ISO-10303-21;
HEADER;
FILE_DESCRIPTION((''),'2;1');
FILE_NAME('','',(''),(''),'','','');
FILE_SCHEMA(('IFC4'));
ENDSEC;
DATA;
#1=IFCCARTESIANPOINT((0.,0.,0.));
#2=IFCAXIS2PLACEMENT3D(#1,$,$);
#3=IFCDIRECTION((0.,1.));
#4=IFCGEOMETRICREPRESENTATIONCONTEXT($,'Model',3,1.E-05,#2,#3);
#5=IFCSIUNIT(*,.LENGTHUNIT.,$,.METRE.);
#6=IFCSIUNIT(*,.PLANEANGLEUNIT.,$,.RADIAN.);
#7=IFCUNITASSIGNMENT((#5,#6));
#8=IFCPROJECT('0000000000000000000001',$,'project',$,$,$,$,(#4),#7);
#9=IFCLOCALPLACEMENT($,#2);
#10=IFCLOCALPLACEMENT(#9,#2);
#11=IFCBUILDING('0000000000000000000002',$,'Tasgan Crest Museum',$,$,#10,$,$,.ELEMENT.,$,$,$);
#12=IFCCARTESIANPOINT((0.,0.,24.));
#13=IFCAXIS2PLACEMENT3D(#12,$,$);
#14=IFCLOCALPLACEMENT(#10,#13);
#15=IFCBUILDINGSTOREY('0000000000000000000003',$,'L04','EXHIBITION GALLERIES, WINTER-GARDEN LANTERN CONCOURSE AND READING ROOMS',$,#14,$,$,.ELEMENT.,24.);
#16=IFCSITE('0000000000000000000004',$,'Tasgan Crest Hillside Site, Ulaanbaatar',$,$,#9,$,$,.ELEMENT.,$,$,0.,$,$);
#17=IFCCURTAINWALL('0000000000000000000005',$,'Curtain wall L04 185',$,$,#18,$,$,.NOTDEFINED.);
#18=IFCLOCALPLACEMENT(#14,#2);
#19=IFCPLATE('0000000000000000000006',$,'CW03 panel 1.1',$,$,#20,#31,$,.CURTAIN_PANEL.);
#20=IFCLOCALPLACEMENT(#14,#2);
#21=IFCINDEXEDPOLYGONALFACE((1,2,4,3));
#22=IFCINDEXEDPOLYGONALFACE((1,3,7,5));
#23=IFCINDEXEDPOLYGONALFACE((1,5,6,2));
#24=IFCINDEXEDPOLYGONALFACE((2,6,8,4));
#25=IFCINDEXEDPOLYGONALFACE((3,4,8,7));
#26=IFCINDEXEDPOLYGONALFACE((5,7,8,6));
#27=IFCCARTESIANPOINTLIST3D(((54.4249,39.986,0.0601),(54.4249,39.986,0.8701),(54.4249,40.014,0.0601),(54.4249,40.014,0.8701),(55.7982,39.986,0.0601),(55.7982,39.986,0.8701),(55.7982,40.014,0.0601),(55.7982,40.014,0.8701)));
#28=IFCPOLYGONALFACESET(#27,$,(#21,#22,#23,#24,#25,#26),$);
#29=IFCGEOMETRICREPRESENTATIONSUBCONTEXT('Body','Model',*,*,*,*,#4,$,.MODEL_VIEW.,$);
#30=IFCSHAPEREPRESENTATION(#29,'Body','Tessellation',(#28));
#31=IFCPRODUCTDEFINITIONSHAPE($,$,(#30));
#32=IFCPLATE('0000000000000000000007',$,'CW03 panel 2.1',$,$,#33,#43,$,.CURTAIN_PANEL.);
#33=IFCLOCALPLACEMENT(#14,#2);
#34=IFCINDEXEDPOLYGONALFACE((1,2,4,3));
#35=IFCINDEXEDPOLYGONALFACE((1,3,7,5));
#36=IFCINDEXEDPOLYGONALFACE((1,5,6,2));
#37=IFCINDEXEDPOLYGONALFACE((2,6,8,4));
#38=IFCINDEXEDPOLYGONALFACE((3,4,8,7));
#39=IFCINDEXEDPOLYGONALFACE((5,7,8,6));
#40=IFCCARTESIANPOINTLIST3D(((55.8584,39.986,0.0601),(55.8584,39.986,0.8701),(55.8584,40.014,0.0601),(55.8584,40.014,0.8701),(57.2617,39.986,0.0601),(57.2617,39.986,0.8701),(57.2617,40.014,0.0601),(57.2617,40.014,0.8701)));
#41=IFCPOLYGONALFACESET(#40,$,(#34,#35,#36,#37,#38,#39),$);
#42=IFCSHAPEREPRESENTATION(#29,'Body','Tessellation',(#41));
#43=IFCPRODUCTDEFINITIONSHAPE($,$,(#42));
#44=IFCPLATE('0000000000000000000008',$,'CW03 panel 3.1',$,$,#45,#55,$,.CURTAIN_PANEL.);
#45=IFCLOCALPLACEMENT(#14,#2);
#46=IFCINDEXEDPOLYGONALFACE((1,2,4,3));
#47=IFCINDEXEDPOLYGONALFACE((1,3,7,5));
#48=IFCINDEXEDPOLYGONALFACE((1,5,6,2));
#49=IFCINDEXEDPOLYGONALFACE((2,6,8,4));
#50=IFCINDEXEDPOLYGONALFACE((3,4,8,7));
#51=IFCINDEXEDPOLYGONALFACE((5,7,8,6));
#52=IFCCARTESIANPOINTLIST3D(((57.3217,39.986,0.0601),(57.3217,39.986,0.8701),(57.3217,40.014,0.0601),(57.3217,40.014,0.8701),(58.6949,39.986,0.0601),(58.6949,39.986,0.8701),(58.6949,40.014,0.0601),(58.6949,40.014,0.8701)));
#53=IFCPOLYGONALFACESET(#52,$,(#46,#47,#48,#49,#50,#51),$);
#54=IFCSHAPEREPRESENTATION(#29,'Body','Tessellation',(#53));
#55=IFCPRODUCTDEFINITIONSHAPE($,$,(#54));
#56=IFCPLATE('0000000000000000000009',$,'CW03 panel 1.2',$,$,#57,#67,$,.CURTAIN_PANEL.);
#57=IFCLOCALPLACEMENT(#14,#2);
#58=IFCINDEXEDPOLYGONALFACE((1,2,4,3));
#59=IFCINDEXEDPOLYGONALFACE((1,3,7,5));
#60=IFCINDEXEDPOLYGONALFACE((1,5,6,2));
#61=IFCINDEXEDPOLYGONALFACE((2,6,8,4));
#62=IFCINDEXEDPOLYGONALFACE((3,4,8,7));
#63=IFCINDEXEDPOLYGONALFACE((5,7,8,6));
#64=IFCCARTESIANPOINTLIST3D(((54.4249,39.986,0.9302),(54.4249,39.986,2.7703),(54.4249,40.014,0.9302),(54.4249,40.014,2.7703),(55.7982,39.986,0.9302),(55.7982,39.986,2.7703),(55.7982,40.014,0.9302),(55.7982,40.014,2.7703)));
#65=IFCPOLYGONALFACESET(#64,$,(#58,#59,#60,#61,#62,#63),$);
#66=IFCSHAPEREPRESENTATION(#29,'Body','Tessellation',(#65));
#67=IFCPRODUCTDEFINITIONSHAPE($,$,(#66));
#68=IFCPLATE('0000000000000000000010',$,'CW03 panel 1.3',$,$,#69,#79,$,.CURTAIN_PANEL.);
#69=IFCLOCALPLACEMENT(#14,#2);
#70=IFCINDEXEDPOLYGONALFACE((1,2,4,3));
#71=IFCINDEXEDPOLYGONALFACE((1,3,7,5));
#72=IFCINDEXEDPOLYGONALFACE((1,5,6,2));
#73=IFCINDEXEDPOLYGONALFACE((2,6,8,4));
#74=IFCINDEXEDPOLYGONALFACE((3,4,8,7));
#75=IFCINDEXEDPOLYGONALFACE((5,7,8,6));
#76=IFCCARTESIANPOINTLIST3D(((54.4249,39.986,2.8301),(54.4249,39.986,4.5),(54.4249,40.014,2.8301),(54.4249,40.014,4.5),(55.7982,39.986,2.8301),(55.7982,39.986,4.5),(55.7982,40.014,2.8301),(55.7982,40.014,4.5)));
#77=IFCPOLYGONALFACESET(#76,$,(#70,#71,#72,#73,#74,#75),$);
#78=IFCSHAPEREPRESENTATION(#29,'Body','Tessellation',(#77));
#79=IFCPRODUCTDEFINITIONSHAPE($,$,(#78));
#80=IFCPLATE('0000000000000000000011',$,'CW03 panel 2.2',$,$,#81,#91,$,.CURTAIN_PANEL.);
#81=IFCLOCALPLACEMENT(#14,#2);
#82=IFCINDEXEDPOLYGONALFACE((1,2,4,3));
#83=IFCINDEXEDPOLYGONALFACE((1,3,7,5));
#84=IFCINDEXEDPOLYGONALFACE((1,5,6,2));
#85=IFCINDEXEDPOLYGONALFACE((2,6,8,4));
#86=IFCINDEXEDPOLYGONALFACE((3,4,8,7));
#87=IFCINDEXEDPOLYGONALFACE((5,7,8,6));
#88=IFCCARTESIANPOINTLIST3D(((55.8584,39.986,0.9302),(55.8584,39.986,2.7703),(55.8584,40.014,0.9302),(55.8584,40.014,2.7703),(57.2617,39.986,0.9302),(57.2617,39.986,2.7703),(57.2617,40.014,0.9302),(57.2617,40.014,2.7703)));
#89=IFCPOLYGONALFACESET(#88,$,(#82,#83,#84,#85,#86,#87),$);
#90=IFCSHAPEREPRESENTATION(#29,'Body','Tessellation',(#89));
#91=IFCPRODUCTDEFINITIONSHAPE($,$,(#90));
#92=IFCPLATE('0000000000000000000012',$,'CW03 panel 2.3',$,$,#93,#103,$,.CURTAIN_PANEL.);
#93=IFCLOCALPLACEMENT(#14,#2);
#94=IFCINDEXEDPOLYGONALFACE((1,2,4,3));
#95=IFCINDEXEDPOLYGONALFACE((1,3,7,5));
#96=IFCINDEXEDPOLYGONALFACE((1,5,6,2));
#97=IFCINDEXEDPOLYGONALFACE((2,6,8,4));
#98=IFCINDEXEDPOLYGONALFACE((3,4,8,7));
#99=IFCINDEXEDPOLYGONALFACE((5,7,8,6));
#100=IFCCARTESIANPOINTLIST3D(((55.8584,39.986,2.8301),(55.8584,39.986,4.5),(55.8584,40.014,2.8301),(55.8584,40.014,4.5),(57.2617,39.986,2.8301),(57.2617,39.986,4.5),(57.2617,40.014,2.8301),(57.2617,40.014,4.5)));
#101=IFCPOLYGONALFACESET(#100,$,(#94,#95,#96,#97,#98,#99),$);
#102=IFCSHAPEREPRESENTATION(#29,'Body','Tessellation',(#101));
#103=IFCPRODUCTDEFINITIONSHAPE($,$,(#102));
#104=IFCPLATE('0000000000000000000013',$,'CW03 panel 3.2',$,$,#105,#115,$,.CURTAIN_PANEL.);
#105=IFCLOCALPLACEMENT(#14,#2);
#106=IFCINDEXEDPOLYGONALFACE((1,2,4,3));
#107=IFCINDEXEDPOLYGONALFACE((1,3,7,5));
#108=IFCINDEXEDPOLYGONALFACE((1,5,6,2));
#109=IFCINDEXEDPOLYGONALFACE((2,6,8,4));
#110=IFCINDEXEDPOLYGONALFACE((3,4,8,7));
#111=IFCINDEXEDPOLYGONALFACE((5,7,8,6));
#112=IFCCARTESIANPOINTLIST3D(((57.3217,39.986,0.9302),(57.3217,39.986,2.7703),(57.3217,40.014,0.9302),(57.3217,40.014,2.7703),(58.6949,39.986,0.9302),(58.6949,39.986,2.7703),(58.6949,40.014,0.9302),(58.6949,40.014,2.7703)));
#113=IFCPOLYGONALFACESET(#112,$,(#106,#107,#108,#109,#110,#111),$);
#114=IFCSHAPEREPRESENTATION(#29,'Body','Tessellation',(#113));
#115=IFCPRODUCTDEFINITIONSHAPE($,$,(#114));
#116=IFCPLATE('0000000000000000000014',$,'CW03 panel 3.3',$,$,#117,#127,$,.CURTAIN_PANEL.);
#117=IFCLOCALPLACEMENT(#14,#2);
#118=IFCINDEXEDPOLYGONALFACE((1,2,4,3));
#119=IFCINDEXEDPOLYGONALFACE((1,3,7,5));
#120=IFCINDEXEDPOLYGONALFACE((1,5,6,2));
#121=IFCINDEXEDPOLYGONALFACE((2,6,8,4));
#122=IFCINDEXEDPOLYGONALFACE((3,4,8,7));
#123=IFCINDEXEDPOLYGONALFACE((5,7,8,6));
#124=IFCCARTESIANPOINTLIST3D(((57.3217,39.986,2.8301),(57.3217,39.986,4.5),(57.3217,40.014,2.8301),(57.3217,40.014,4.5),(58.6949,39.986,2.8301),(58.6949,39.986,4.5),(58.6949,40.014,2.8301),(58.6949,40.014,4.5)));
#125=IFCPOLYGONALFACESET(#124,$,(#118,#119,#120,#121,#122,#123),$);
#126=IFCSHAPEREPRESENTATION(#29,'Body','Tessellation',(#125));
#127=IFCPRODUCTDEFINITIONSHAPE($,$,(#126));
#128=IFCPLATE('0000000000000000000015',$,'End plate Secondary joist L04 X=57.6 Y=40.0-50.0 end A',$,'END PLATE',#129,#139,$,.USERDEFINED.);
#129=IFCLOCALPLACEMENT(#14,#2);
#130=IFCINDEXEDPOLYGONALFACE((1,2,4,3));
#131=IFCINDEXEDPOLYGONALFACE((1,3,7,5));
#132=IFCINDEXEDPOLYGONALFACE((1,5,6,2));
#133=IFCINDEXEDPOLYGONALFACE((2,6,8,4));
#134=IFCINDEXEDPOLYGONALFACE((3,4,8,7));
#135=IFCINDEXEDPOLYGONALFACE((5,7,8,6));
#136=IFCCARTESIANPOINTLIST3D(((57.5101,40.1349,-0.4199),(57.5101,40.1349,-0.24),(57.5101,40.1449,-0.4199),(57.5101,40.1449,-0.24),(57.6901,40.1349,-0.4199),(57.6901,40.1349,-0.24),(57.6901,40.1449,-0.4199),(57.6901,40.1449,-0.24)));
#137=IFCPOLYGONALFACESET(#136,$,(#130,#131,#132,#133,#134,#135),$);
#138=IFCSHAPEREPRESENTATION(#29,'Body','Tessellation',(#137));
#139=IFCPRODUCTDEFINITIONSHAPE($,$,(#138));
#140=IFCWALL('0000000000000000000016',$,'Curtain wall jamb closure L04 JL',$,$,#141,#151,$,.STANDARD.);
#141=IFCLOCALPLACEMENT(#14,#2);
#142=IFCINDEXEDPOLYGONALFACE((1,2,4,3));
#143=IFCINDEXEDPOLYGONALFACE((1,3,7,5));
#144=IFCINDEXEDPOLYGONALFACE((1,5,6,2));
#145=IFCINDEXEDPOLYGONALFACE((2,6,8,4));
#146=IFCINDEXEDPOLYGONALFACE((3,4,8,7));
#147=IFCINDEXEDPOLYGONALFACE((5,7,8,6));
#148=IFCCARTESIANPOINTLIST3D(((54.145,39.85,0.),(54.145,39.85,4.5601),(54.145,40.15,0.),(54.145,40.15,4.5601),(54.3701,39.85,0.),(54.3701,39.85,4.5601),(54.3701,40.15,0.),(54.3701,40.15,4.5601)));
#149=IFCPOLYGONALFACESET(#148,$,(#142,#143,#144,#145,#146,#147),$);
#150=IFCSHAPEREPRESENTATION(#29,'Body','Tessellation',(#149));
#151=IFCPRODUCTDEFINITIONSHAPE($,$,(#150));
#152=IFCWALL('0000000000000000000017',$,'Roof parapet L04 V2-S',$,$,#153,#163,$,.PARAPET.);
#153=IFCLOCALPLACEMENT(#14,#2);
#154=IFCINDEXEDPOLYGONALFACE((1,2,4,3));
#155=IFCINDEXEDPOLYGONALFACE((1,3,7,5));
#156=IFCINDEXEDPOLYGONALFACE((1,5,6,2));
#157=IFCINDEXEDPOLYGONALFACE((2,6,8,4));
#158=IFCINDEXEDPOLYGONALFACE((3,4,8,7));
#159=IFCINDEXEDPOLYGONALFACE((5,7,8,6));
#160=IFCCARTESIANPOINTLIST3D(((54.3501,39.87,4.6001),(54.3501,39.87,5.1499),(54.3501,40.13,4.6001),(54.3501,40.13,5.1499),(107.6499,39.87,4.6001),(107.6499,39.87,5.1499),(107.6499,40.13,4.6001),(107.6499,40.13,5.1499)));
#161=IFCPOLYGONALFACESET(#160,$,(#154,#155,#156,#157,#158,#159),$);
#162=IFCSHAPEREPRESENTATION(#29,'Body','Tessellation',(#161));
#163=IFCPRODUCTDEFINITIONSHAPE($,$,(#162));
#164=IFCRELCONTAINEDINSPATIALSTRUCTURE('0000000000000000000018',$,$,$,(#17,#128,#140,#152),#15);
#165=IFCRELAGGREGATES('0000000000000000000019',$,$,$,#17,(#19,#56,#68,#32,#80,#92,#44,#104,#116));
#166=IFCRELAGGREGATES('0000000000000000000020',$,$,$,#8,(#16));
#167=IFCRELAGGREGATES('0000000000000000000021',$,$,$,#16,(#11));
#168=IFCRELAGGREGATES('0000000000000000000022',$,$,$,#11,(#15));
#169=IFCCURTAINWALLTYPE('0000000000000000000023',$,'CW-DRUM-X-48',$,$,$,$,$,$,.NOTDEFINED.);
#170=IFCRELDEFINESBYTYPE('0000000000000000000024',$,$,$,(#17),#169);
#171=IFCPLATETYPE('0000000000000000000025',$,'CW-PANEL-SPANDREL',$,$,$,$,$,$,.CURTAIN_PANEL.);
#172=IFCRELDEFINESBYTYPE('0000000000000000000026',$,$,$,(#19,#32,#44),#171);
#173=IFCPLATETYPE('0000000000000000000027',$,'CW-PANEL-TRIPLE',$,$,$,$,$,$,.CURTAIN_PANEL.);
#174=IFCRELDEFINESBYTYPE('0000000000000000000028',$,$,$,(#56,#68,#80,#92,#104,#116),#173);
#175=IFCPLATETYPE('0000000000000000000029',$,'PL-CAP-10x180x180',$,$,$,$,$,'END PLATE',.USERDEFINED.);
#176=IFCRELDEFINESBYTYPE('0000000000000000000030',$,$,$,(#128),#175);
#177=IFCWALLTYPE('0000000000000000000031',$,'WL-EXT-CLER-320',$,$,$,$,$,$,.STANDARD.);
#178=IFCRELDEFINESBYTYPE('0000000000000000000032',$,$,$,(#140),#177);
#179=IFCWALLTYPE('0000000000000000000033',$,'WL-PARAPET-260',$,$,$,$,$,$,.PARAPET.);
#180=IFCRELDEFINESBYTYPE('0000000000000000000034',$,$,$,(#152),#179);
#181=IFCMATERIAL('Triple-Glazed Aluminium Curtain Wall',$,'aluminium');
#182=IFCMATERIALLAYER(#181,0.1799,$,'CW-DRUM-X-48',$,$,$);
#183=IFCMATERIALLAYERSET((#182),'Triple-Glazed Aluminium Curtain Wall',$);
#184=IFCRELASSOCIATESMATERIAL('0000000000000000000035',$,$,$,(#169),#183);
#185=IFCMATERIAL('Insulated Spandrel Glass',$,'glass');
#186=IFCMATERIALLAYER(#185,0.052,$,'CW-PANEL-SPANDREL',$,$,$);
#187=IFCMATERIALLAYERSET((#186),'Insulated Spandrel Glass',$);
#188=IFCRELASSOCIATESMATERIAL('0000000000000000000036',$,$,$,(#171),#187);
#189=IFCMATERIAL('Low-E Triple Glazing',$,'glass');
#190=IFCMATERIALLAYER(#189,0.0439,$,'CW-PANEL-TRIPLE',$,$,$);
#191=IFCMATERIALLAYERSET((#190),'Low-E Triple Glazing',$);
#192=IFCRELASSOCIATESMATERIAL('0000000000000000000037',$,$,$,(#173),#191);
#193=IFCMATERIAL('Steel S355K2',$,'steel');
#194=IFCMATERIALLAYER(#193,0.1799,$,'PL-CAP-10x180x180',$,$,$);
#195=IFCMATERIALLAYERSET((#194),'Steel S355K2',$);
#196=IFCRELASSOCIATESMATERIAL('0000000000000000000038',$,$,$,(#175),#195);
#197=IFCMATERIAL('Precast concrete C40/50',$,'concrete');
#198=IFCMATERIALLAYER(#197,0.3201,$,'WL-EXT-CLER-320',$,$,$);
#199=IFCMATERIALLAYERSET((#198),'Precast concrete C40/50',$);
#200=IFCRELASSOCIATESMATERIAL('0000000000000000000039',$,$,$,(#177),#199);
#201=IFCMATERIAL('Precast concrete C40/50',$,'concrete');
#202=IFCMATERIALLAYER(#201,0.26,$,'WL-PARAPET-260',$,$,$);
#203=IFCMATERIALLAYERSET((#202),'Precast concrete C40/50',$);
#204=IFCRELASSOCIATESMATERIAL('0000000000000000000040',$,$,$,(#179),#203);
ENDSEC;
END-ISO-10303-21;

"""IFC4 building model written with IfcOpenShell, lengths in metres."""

from ifc_helpers import new_model, si_unit, direction, frame, frame_2d, origin, origin_2d, place, context, subcontext, project, spatial, rectangle, extrude, material, layer, layer_set, type_object, element, aggregate, save


model = new_model("IFC4")

# Units and contexts
model_context = context("Model", 3, precision=1e-05, world=origin(), true_north=direction((0.0, 1.0)))
body_context = subcontext(model_context, "Body", "Model", "MODEL_VIEW")
ifc_project = project(units=[si_unit("LENGTHUNIT", "METRE"), si_unit("PLANEANGLEUNIT", "RADIAN")], contexts=[model_context])

# Site, building, storey
site_placement = place(None, origin())
site = spatial("IfcSite", under=ifc_project, at=site_placement, Name="Tasgan Crest Hillside Site, Ulaanbaatar", CompositionType="ELEMENT", RefElevation=0.0)
building_placement = place(site_placement, origin())
building = spatial("IfcBuilding", under=site, at=building_placement, Name="Tasgan Crest Museum", CompositionType="ELEMENT")
storey_placement = place(building_placement, frame((0.0, 0.0, 24.0)))
storey = spatial("IfcBuildingStorey", under=building, at=storey_placement, Name="L04", Description="EXHIBITION GALLERIES, WINTER-GARDEN LANTERN CONCOURSE AND READING ROOMS", CompositionType="ELEMENT", Elevation=24.0)

# Curtain wall, plates
ifc_material_1 = material(Name="Triple-Glazed Aluminium Curtain Wall", Category="aluminium")
ifc_layer_1 = layer(ifc_material_1, 0.1799, Name="CW-DRUM-X-48")
ifc_layer_set_1 = layer_set([ifc_layer_1], Name="Triple-Glazed Aluminium Curtain Wall")
curtain_wall_type = type_object("IfcCurtainWallType", Name="CW-DRUM-X-48", PredefinedType="NOTDEFINED", material=ifc_layer_set_1)
curtain_wall_placement = place(storey_placement, origin())
curtain_wall = element("IfcCurtainWall", 1, at=curtain_wall_placement, inside=storey, type_object=curtain_wall_type, Name="Curtain wall L04 185", PredefinedType="NOTDEFINED")
ifc_material_2 = material(Name="Insulated Spandrel Glass", Category="glass")
ifc_layer_2 = layer(ifc_material_2, 0.052, Name="CW-PANEL-SPANDREL")
ifc_layer_set_2 = layer_set([ifc_layer_2], Name="Insulated Spandrel Glass")
plate_type_1 = type_object("IfcPlateType", Name="CW-PANEL-SPANDREL", PredefinedType="CURTAIN_PANEL", material=ifc_layer_set_2)
plate_1_placement = place(storey_placement, frame((55.1116, 40.0, 0.0601), z_axis=(0.0, 0.0, 1.0), x_axis=(1.0, 0.0, 0.0)))
plate_1 = element("IfcPlate", 2, at=plate_1_placement, type_object=plate_type_1, Name="CW03 panel 1.1", PredefinedType="CURTAIN_PANEL", context=body_context, shape_type="SweptSolid", body=[
    extrude(rectangle(XDim=1.3733, YDim=0.0281, at=origin_2d()), origin(), (0.0, 0.0, 1.0), 0.8101),
])
plate_2_placement = place(storey_placement, frame((56.5601, 40.0, 0.0601), z_axis=(0.0, 0.0, 1.0), x_axis=(1.0, 0.0, 0.0)))
plate_2 = element("IfcPlate", 3, at=plate_2_placement, type_object=plate_type_1, Name="CW03 panel 2.1", PredefinedType="CURTAIN_PANEL", context=body_context, shape_type="SweptSolid", body=[
    extrude(rectangle(XDim=1.4033, YDim=0.0281, at=origin_2d()), origin(), (0.0, 0.0, 1.0), 0.8101),
])
plate_3_placement = place(storey_placement, frame((58.0083, 40.0, 0.0601), z_axis=(0.0, 0.0, 1.0), x_axis=(1.0, 0.0, 0.0)))
plate_3 = element("IfcPlate", 4, at=plate_3_placement, type_object=plate_type_1, Name="CW03 panel 3.1", PredefinedType="CURTAIN_PANEL", context=body_context, shape_type="SweptSolid", body=[
    extrude(rectangle(XDim=1.3733, YDim=0.0281, at=origin_2d()), origin(), (0.0, 0.0, 1.0), 0.8101),
])
ifc_material_3 = material(Name="Low-E Triple Glazing", Category="glass")
ifc_layer_3 = layer(ifc_material_3, 0.0439, Name="CW-PANEL-TRIPLE")
ifc_layer_set_3 = layer_set([ifc_layer_3], Name="Low-E Triple Glazing")
plate_type_2 = type_object("IfcPlateType", Name="CW-PANEL-TRIPLE", PredefinedType="CURTAIN_PANEL", material=ifc_layer_set_3)
plate_4_placement = place(storey_placement, frame((55.1116, 40.0, 0.9302), z_axis=(0.0, 0.0, 1.0), x_axis=(1.0, 0.0, 0.0)))
plate_4 = element("IfcPlate", 5, at=plate_4_placement, type_object=plate_type_2, Name="CW03 panel 1.2", PredefinedType="CURTAIN_PANEL", context=body_context, shape_type="SweptSolid", body=[
    extrude(rectangle(XDim=1.3733, YDim=0.0281, at=origin_2d()), origin(), (0.0, 0.0, 1.0), 1.8401),
])
plate_5_placement = place(storey_placement, frame((55.1116, 40.0, 2.8301), z_axis=(0.0, 0.0, 1.0), x_axis=(1.0, 0.0, 0.0)))
plate_5 = element("IfcPlate", 6, at=plate_5_placement, type_object=plate_type_2, Name="CW03 panel 1.3", PredefinedType="CURTAIN_PANEL", context=body_context, shape_type="SweptSolid", body=[
    extrude(rectangle(XDim=1.3733, YDim=0.0281, at=origin_2d()), origin(), (0.0, 0.0, 1.0), 1.6699),
])
plate_6_placement = place(storey_placement, frame((56.5601, 40.0, 0.9302), z_axis=(0.0, 0.0, 1.0), x_axis=(1.0, 0.0, 0.0)))
plate_6 = element("IfcPlate", 7, at=plate_6_placement, type_object=plate_type_2, Name="CW03 panel 2.2", PredefinedType="CURTAIN_PANEL", context=body_context, shape_type="SweptSolid", body=[
    extrude(rectangle(XDim=1.4033, YDim=0.0281, at=origin_2d()), origin(), (0.0, 0.0, 1.0), 1.8401),
])
plate_7_placement = place(storey_placement, frame((56.5601, 40.0, 2.8301), z_axis=(0.0, 0.0, 1.0), x_axis=(1.0, 0.0, 0.0)))
plate_7 = element("IfcPlate", 8, at=plate_7_placement, type_object=plate_type_2, Name="CW03 panel 2.3", PredefinedType="CURTAIN_PANEL", context=body_context, shape_type="SweptSolid", body=[
    extrude(rectangle(XDim=1.4033, YDim=0.0281, at=origin_2d()), origin(), (0.0, 0.0, 1.0), 1.6699),
])
plate_8_placement = place(storey_placement, frame((58.0083, 40.0, 0.9302), z_axis=(0.0, 0.0, 1.0), x_axis=(1.0, 0.0, 0.0)))
plate_8 = element("IfcPlate", 9, at=plate_8_placement, type_object=plate_type_2, Name="CW03 panel 3.2", PredefinedType="CURTAIN_PANEL", context=body_context, shape_type="SweptSolid", body=[
    extrude(rectangle(XDim=1.3733, YDim=0.0281, at=origin_2d()), origin(), (0.0, 0.0, 1.0), 1.8401),
])
plate_9_placement = place(storey_placement, frame((58.0083, 40.0, 2.8301), z_axis=(0.0, 0.0, 1.0), x_axis=(1.0, 0.0, 0.0)))
plate_9 = element("IfcPlate", 10, at=plate_9_placement, type_object=plate_type_2, Name="CW03 panel 3.3", PredefinedType="CURTAIN_PANEL", context=body_context, shape_type="SweptSolid", body=[
    extrude(rectangle(XDim=1.3733, YDim=0.0281, at=origin_2d()), origin(), (0.0, 0.0, 1.0), 1.6699),
])
aggregate(curtain_wall, [plate_1, plate_4, plate_5, plate_2, plate_6, plate_7, plate_3, plate_8, plate_9])

# Plate
ifc_material_4 = material(Name="Steel S355K2", Category="steel")
ifc_layer_4 = layer(ifc_material_4, 0.1799, Name="PL-CAP-10x180x180")
ifc_layer_set_4 = layer_set([ifc_layer_4], Name="Steel S355K2")
plate_type_3 = type_object("IfcPlateType", Name="PL-CAP-10x180x180", ElementType="END PLATE", PredefinedType="USERDEFINED", material=ifc_layer_set_4)
plate_10_placement = place(storey_placement, frame((57.6001, 40.1399, -0.4199), z_axis=(0.0, 0.0, 1.0), x_axis=(0.0, 1.0, 0.0)))
element("IfcPlate", 11, at=plate_10_placement, inside=storey, type_object=plate_type_3, Name="End plate Secondary joist L04 X=57.6 Y=40.0-50.0 end A", ObjectType="END PLATE", PredefinedType="USERDEFINED", context=body_context, shape_type="SweptSolid", body=[
    extrude(rectangle(XDim=0.01, YDim=0.1799, at=origin_2d()), origin(), (0.0, 0.0, 1.0), 0.1799),
])

# Walls
ifc_material_5 = material(Name="Precast concrete C40/50", Category="concrete")
ifc_layer_5 = layer(ifc_material_5, 0.3201, Name="WL-EXT-CLER-320")
ifc_layer_set_5 = layer_set([ifc_layer_5], Name="Precast concrete C40/50")
wall_type_1 = type_object("IfcWallType", Name="WL-EXT-CLER-320", PredefinedType="STANDARD", material=ifc_layer_set_5)
wall_1_placement = place(storey_placement, frame((54.145, 40.0, 0.0), z_axis=(0.0, 0.0, 1.0), x_axis=(1.0, 0.0, 0.0)))
element("IfcWall", 12, at=wall_1_placement, inside=storey, type_object=wall_type_1, Name="Curtain wall jamb closure L04 JL", PredefinedType="STANDARD", context=body_context, shape_type="SweptSolid", body=[
    extrude(rectangle(XDim=0.2251, YDim=0.3, at=frame_2d((0.1125, 0.0))), origin(), (0.0, 0.0, 1.0), 4.5601),
])
ifc_material_6 = material(Name="Precast concrete C40/50", Category="concrete")
ifc_layer_6 = layer(ifc_material_6, 0.26, Name="WL-PARAPET-260")
ifc_layer_set_6 = layer_set([ifc_layer_6], Name="Precast concrete C40/50")
wall_type_2 = type_object("IfcWallType", Name="WL-PARAPET-260", PredefinedType="PARAPET", material=ifc_layer_set_6)
wall_2_placement = place(storey_placement, frame((54.3501, 40.0, 4.6001), z_axis=(0.0, 0.0, 1.0), x_axis=(1.0, 0.0, 0.0)))
element("IfcWall", 13, at=wall_2_placement, inside=storey, type_object=wall_type_2, Name="Roof parapet L04 V2-S", PredefinedType="PARAPET", context=body_context, shape_type="SweptSolid", body=[
    extrude(rectangle(XDim=53.2998, YDim=0.26, at=frame_2d((26.6499, 0.0))), origin(), (0.0, 0.0, 1.0), 0.5498),
])

save(model, "model.ifc")
